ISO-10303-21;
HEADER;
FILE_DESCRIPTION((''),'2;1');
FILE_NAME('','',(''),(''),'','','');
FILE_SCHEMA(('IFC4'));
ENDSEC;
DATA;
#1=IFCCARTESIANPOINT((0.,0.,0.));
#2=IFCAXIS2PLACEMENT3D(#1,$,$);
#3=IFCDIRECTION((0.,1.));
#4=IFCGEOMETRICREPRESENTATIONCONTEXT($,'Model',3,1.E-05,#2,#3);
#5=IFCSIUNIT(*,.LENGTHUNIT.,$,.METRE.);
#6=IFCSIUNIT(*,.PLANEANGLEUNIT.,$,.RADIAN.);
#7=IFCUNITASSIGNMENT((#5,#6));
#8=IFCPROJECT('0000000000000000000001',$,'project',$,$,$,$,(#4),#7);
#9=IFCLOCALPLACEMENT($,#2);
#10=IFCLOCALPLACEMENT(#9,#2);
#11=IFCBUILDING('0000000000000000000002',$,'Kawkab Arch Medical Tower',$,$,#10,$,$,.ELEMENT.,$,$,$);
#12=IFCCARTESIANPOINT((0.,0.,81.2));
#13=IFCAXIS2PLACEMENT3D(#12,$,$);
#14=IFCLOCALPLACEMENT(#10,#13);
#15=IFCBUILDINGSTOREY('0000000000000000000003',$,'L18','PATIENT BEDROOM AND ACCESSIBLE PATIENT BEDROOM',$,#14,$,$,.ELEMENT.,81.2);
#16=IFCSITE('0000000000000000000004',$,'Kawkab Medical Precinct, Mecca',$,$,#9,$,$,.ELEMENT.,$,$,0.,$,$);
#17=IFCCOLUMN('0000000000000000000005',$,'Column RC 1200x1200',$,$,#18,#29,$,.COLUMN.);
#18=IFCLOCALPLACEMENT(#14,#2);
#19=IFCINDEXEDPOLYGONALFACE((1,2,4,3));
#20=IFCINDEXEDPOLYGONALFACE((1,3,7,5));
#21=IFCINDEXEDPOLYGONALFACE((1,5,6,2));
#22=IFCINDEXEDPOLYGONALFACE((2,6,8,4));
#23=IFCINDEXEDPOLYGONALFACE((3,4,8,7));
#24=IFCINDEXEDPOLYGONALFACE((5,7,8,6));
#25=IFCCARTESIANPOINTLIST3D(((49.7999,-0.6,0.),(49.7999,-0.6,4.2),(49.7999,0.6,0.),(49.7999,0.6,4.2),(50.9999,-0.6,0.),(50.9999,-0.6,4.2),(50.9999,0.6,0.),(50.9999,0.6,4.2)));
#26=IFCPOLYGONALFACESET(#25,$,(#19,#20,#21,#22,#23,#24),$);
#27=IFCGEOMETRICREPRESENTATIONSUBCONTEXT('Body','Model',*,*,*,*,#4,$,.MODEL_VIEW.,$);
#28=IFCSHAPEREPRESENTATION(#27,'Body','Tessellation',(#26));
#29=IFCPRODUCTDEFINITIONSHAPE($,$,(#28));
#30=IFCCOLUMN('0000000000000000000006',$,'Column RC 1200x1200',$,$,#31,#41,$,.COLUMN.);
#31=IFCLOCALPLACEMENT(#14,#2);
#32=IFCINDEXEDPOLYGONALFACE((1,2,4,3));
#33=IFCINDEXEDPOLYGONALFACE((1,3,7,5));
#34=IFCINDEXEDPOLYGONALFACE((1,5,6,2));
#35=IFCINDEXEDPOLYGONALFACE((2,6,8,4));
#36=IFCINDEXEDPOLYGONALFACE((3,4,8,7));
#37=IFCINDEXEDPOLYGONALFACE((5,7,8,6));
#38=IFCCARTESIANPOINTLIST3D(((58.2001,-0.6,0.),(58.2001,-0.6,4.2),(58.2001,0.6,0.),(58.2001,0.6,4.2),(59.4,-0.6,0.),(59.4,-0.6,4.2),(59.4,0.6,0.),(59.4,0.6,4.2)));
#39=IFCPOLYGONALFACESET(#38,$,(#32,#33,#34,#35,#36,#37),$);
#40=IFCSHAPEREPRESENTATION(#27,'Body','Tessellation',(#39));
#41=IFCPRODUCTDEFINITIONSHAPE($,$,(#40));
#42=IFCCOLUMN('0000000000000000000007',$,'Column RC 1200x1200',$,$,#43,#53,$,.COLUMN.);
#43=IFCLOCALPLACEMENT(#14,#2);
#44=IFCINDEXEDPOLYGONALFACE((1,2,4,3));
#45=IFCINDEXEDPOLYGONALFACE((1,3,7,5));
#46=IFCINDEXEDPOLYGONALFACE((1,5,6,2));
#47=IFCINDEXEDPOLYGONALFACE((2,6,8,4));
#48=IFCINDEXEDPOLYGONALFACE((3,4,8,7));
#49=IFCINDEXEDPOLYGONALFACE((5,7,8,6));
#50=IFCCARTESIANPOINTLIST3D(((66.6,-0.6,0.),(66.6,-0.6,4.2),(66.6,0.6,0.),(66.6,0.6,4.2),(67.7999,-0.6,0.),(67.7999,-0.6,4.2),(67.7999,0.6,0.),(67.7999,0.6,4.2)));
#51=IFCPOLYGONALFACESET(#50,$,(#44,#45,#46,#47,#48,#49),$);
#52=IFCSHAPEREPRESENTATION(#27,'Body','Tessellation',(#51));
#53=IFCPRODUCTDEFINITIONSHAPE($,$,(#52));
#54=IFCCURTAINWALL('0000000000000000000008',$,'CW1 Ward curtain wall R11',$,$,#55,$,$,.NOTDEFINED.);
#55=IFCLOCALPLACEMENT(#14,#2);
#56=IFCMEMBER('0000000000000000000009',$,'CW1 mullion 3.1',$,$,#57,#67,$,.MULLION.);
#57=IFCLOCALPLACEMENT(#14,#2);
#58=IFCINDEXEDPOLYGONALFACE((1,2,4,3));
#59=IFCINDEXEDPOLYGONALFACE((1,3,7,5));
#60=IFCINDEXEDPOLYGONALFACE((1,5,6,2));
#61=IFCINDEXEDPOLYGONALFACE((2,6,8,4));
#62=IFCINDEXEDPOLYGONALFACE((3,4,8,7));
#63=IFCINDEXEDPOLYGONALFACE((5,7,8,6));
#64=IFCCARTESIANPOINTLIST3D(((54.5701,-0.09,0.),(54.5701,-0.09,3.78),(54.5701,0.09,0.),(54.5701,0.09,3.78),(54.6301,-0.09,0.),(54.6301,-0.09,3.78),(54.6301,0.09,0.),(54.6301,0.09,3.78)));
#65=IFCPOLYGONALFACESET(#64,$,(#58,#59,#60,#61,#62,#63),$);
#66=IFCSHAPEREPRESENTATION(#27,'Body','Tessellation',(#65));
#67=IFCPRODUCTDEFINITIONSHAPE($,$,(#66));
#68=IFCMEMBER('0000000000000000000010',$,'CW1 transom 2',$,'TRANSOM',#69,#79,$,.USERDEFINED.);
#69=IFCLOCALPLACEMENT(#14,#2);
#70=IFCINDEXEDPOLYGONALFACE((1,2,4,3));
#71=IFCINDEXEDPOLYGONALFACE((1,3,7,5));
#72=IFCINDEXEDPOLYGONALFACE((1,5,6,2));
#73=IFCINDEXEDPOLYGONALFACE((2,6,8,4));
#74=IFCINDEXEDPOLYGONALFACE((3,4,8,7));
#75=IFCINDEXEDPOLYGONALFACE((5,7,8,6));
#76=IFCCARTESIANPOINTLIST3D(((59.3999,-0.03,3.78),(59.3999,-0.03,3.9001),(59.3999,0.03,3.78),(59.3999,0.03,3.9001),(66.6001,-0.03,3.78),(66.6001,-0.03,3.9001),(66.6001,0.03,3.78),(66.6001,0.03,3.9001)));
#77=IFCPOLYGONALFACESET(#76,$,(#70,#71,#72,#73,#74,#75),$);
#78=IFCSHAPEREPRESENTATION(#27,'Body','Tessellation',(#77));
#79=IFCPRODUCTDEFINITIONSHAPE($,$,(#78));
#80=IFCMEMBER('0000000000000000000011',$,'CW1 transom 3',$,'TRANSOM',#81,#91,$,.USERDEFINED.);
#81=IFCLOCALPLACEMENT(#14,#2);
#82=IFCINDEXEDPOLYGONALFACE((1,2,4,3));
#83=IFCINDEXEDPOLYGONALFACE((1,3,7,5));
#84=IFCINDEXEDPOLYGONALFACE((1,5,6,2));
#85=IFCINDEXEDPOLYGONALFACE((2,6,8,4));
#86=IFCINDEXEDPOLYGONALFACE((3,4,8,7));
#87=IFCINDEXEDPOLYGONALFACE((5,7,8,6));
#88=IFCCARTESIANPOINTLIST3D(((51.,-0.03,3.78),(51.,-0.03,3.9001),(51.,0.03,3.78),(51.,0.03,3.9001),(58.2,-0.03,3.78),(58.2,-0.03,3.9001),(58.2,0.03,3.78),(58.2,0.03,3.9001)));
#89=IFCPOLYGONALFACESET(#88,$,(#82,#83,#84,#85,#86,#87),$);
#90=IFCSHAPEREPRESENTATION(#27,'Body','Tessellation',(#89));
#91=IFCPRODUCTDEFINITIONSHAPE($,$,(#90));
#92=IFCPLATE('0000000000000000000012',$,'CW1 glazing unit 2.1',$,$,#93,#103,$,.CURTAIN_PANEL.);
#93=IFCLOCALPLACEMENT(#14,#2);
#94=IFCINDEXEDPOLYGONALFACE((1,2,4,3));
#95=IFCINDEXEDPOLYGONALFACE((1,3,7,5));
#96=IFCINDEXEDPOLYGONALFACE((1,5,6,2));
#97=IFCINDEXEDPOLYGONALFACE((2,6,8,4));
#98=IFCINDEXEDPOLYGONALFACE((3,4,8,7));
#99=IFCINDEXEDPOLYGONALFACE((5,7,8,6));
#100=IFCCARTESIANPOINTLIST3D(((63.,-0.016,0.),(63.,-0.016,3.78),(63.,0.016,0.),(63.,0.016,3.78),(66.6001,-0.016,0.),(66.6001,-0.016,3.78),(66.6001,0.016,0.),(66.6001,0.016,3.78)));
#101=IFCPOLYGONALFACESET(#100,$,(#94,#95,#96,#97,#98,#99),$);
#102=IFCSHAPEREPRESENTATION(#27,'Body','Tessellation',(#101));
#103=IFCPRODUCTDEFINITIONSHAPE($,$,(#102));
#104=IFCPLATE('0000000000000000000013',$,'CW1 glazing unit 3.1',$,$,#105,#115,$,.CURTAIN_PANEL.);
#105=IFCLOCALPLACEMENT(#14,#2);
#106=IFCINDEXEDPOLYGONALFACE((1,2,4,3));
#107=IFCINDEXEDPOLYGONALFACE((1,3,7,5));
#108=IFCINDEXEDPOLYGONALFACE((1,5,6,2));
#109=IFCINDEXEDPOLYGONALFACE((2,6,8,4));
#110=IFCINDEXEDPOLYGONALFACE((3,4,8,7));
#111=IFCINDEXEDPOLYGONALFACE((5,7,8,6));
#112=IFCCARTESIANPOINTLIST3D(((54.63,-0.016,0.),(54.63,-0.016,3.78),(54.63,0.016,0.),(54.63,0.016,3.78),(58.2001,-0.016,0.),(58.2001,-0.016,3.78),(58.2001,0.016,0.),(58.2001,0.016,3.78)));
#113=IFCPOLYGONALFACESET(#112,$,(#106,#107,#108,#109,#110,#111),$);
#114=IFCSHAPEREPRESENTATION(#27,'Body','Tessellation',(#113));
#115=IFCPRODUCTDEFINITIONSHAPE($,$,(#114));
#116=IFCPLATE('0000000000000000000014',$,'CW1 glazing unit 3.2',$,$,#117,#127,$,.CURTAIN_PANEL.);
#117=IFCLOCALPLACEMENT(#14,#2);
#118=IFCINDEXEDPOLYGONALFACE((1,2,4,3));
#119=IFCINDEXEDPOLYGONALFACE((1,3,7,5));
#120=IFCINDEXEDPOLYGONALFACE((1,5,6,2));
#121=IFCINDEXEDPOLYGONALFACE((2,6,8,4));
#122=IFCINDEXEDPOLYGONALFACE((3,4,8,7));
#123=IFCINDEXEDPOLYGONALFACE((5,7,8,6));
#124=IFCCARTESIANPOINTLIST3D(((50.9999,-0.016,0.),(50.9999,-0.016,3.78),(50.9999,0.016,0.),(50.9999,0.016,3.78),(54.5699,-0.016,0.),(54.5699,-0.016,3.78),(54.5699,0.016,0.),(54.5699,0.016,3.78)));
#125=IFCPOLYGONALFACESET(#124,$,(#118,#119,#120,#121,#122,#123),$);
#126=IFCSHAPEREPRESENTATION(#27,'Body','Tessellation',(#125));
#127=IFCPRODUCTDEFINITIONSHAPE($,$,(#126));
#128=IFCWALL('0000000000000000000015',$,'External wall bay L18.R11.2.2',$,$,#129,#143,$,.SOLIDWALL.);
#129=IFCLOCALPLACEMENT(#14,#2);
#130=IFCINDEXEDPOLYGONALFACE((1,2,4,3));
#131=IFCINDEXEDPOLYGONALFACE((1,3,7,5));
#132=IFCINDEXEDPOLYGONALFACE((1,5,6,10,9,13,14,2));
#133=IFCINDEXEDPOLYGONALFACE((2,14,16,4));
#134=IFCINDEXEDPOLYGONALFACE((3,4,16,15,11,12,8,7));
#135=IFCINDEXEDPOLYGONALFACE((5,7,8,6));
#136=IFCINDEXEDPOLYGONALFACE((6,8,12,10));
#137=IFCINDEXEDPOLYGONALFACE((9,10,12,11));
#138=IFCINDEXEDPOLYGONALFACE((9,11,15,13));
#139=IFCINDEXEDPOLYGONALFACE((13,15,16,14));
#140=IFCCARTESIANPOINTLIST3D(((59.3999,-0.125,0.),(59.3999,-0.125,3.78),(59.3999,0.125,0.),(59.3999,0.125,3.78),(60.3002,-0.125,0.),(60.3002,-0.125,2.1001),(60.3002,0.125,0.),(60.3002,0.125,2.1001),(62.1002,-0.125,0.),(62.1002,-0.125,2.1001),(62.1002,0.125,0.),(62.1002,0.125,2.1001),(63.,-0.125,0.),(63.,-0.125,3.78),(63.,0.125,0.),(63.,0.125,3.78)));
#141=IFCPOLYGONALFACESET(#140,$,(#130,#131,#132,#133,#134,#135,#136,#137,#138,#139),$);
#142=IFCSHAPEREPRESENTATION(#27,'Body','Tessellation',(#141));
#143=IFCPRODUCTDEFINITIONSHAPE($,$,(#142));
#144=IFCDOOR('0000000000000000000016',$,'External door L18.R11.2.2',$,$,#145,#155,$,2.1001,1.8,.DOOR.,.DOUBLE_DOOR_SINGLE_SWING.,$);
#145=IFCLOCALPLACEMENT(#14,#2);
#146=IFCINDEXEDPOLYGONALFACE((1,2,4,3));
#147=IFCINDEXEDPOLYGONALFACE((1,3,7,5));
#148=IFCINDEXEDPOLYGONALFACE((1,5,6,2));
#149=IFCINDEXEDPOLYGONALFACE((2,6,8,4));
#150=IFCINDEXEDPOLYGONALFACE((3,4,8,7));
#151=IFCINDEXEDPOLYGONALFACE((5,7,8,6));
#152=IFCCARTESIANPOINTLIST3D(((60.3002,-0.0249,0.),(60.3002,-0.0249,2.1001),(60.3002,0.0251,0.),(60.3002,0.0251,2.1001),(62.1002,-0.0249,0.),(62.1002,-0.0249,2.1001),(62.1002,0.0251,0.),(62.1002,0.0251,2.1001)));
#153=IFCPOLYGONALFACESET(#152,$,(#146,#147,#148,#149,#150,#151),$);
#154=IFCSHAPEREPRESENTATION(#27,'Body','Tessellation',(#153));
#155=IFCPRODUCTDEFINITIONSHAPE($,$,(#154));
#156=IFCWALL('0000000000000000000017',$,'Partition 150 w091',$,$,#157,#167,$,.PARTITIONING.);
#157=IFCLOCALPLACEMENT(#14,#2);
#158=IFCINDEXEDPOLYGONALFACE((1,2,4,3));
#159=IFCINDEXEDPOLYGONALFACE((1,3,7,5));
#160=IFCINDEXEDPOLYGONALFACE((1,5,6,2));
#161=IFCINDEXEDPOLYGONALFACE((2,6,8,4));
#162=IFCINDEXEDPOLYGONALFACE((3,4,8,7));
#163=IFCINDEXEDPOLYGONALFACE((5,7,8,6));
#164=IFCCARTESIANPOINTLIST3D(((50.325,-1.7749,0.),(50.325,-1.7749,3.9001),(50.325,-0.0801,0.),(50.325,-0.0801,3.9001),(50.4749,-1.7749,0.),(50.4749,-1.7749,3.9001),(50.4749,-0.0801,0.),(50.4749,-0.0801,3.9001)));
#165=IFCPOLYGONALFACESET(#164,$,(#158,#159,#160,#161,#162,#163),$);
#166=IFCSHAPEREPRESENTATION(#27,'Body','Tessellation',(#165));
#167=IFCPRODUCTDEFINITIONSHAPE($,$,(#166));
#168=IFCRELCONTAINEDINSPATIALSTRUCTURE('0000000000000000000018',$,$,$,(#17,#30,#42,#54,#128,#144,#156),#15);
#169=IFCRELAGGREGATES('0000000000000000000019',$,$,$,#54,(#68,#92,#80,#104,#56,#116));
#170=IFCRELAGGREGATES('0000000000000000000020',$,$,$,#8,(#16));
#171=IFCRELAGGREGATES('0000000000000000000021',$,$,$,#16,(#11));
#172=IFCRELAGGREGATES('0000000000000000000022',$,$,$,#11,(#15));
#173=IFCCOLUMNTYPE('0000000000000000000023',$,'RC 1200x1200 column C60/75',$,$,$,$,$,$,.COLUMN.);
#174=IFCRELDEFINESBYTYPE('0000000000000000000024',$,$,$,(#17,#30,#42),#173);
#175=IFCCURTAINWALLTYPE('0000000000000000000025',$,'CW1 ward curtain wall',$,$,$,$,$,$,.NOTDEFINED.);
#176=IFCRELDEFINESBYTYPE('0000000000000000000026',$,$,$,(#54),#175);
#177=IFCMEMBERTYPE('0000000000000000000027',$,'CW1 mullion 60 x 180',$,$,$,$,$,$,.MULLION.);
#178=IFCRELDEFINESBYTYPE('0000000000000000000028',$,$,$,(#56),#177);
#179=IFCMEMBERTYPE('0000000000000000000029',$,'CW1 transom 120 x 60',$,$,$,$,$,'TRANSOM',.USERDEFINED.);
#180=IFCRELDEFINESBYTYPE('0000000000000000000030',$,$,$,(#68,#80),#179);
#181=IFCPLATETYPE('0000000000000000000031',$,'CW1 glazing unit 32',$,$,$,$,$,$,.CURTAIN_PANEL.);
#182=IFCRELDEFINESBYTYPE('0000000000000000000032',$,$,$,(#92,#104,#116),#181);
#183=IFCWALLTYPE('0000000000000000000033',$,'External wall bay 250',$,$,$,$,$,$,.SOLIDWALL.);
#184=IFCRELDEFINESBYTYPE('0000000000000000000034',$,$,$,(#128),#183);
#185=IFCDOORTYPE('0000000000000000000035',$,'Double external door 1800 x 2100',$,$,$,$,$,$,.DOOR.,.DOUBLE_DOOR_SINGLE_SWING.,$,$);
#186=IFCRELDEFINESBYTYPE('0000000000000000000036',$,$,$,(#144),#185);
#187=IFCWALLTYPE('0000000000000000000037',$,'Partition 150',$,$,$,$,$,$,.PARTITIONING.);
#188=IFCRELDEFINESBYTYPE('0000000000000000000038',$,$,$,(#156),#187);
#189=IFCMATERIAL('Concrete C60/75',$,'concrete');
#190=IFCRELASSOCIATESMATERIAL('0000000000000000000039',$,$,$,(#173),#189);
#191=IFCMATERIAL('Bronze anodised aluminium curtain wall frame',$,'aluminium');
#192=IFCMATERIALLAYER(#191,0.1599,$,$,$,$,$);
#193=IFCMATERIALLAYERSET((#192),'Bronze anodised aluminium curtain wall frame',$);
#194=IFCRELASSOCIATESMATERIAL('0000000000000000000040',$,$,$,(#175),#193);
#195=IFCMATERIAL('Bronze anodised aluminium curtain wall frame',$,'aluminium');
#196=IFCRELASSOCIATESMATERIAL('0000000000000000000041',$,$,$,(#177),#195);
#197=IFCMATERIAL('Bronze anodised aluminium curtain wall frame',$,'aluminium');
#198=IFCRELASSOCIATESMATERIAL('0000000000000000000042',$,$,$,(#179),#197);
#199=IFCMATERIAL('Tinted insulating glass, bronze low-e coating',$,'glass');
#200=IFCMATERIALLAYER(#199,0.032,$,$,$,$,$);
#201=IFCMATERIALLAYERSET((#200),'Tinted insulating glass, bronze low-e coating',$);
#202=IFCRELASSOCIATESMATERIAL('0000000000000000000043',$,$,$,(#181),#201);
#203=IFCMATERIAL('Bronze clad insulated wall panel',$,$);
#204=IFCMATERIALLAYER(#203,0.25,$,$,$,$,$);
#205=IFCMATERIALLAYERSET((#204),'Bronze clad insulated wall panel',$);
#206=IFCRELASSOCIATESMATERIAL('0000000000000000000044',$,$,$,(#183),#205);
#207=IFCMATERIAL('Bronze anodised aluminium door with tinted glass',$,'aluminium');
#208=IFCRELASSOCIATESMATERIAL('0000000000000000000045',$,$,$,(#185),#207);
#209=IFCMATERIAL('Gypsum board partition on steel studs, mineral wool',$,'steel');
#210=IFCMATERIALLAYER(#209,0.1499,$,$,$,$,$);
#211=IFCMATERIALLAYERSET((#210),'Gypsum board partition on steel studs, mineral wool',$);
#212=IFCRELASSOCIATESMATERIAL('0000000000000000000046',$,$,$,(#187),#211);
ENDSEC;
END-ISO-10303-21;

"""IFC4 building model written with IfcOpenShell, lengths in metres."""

from ifc_helpers import new_model, si_unit, direction, frame, frame_2d, origin, origin_2d, place, context, subcontext, project, spatial, rectangle, extrude, material, layer, layer_set, material_profile, profile_set, type_object, element, fill, aggregate, save


model = new_model("IFC4")

# Units and contexts
model_context = context("Model", 3, precision=1e-05, world=origin(), true_north=direction((0.0, 1.0)))
body_context = subcontext(model_context, "Body", "Model", "MODEL_VIEW")
ifc_project = project(units=[si_unit("LENGTHUNIT", "METRE"), si_unit("PLANEANGLEUNIT", "RADIAN")], contexts=[model_context])

# Site, building, storey
site_placement = place(None, origin())
site = spatial("IfcSite", under=ifc_project, at=site_placement, Name="Kawkab Medical Precinct, Mecca", CompositionType="ELEMENT", RefElevation=0.0)
building_placement = place(site_placement, origin())
building = spatial("IfcBuilding", under=site, at=building_placement, Name="Kawkab Arch Medical Tower", CompositionType="ELEMENT")
storey_placement = place(building_placement, frame((0.0, 0.0, 81.2)))
storey = spatial("IfcBuildingStorey", under=building, at=storey_placement, Name="L18", Description="PATIENT BEDROOM AND ACCESSIBLE PATIENT BEDROOM", CompositionType="ELEMENT", Elevation=81.2)

# Columns
ifc_material_1 = material(Name="Concrete C60/75", Category="concrete")
ifc_material_profile_1 = material_profile(ifc_material_1, rectangle(XDim=1.2, YDim=1.2, at=origin_2d()), Name="RC 1200x1200")
ifc_profile_set_1 = profile_set([ifc_material_profile_1], Name="Concrete C60/75")
column_type = type_object("IfcColumnType", Name="RC 1200x1200 column C60/75", PredefinedType="COLUMN", material=ifc_profile_set_1)
for number, where, z_axis, x_axis, name in (
    (1, (50.3999, 0.0, 0.0), (0.0, 0.0, 1.0), (1.0, 0.0, 0.0), "Column RC 1200x1200"),
    (2, (58.8, 0.0, 0.0), (0.0, 0.0, 1.0), (1.0, 0.0, 0.0), "Column RC 1200x1200"),
    (3, (67.2, 0.0, 0.0), (0.0, 0.0, 1.0), (1.0, 0.0, 0.0), "Column RC 1200x1200"),
):
    element("IfcColumn", number, at=place(storey_placement, frame(where, z_axis=z_axis, x_axis=x_axis)), inside=storey, type_object=column_type, Name=name, PredefinedType="COLUMN", context=body_context, shape_type="SweptSolid", body=[
        extrude(rectangle(XDim=1.2, YDim=1.2, at=origin_2d()), origin(), (0.0, 0.0, 1.0), 4.2),
    ])

# Curtain wall, members, plates
ifc_material_2 = material(Name="Bronze anodised aluminium curtain wall frame", Category="aluminium")
ifc_layer_1 = layer(ifc_material_2, 0.1599)
ifc_layer_set_1 = layer_set([ifc_layer_1], Name="Bronze anodised aluminium curtain wall frame")
curtain_wall_type = type_object("IfcCurtainWallType", Name="CW1 ward curtain wall", PredefinedType="NOTDEFINED", material=ifc_layer_set_1)
curtain_wall_placement = place(storey_placement, origin())
curtain_wall = element("IfcCurtainWall", 4, at=curtain_wall_placement, inside=storey, type_object=curtain_wall_type, Name="CW1 Ward curtain wall R11", PredefinedType="NOTDEFINED")
ifc_material_3 = material(Name="Bronze anodised aluminium curtain wall frame", Category="aluminium")
ifc_material_profile_2 = material_profile(ifc_material_3, rectangle(XDim=0.1799, YDim=0.0601, at=origin_2d()), Name="AL 60x180")
ifc_profile_set_2 = profile_set([ifc_material_profile_2], Name="Bronze anodised aluminium curtain wall frame")
member_type_1 = type_object("IfcMemberType", Name="CW1 mullion 60 x 180", PredefinedType="MULLION", material=ifc_profile_set_2)
member_1_placement = place(storey_placement, frame((54.6001, 0.0, 0.0), z_axis=(0.0, 0.0, 1.0), x_axis=(0.0, -1.0, 0.0)))
member_1 = element("IfcMember", 5, at=member_1_placement, type_object=member_type_1, Name="CW1 mullion 3.1", PredefinedType="MULLION", context=body_context, shape_type="SweptSolid", body=[
    extrude(rectangle(XDim=0.1799, YDim=0.0601, at=origin_2d()), origin(), (0.0, 0.0, 1.0), 3.78),
])
ifc_material_4 = material(Name="Bronze anodised aluminium curtain wall frame", Category="aluminium")
ifc_material_profile_3 = material_profile(ifc_material_4, rectangle(XDim=0.0601, YDim=0.1201, at=origin_2d()), Name="AL 60x120")
ifc_profile_set_3 = profile_set([ifc_material_profile_3], Name="Bronze anodised aluminium curtain wall frame")
member_type_2 = type_object("IfcMemberType", Name="CW1 transom 120 x 60", ElementType="TRANSOM", PredefinedType="USERDEFINED", material=ifc_profile_set_3)
member_2_placement = place(storey_placement, frame((66.6001, 0.0, 3.8401), z_axis=(-1.0, 0.0, 0.0), x_axis=(0.0, -1.0, 0.0)))
member_2 = element("IfcMember", 6, at=member_2_placement, type_object=member_type_2, Name="CW1 transom 2", ObjectType="TRANSOM", PredefinedType="USERDEFINED", context=body_context, shape_type="SweptSolid", body=[
    extrude(rectangle(XDim=0.0601, YDim=0.1201, at=origin_2d()), origin(), (0.0, 0.0, 1.0), 7.2002),
])
member_3_placement = place(storey_placement, frame((58.2, 0.0, 3.8401), z_axis=(-1.0, 0.0, 0.0), x_axis=(0.0, -1.0, 0.0)))
member_3 = element("IfcMember", 7, at=member_3_placement, type_object=member_type_2, Name="CW1 transom 3", ObjectType="TRANSOM", PredefinedType="USERDEFINED", context=body_context, shape_type="SweptSolid", body=[
    extrude(rectangle(XDim=0.0601, YDim=0.1201, at=origin_2d()), origin(), (0.0, 0.0, 1.0), 7.2),
])
ifc_material_5 = material(Name="Tinted insulating glass, bronze low-e coating", Category="glass")
ifc_layer_2 = layer(ifc_material_5, 0.032)
ifc_layer_set_2 = layer_set([ifc_layer_2], Name="Tinted insulating glass, bronze low-e coating")
plate_type = type_object("IfcPlateType", Name="CW1 glazing unit 32", PredefinedType="CURTAIN_PANEL", material=ifc_layer_set_2)
plate_1_placement = place(storey_placement, frame((64.8, 0.0, 0.0), z_axis=(0.0, 0.0, 1.0), x_axis=(-1.0, 0.0, 0.0)))
plate_1 = element("IfcPlate", 8, at=plate_1_placement, type_object=plate_type, Name="CW1 glazing unit 2.1", PredefinedType="CURTAIN_PANEL", context=body_context, shape_type="SweptSolid", body=[
    extrude(rectangle(XDim=3.6001, YDim=0.032, at=origin_2d()), origin(), (0.0, 0.0, 1.0), 3.78),
])
plate_2_placement = place(storey_placement, frame((56.415, 0.0, 0.0), z_axis=(0.0, 0.0, 1.0), x_axis=(-1.0, 0.0, 0.0)))
plate_2 = element("IfcPlate", 9, at=plate_2_placement, type_object=plate_type, Name="CW1 glazing unit 3.1", PredefinedType="CURTAIN_PANEL", context=body_context, shape_type="SweptSolid", body=[
    extrude(rectangle(XDim=3.5701, YDim=0.032, at=origin_2d()), origin(), (0.0, 0.0, 1.0), 3.78),
])
plate_3_placement = place(storey_placement, frame((52.7849, 0.0, 0.0), z_axis=(0.0, 0.0, 1.0), x_axis=(-1.0, 0.0, 0.0)))
plate_3 = element("IfcPlate", 10, at=plate_3_placement, type_object=plate_type, Name="CW1 glazing unit 3.2", PredefinedType="CURTAIN_PANEL", context=body_context, shape_type="SweptSolid", body=[
    extrude(rectangle(XDim=3.5701, YDim=0.032, at=origin_2d()), origin(), (0.0, 0.0, 1.0), 3.78),
])
aggregate(curtain_wall, [member_2, plate_1, member_3, plate_2, member_1, plate_3])

# Wall, opening, door
ifc_material_6 = material(Name="Bronze clad insulated wall panel")
ifc_layer_3 = layer(ifc_material_6, 0.25)
ifc_layer_set_3 = layer_set([ifc_layer_3], Name="Bronze clad insulated wall panel")
wall_type_1 = type_object("IfcWallType", Name="External wall bay 250", PredefinedType="SOLIDWALL", material=ifc_layer_set_3)
wall_1_placement = place(storey_placement, frame((63.0, 0.0, 0.0), z_axis=(0.0, 0.0, 1.0), x_axis=(-1.0, 0.0, 0.0)))
wall_1 = element("IfcWall", 11, at=wall_1_placement, inside=storey, type_object=wall_type_1, Name="External wall bay L18.R11.2.2", PredefinedType="SOLIDWALL", context=body_context, shape_type="SweptSolid", body=[
    extrude(rectangle(XDim=3.6001, YDim=0.25, at=frame_2d((1.8, 0.0))), origin(), (0.0, 0.0, 1.0), 3.78),
])
opening_placement = place(wall_1_placement, frame((0.8999, 0.0, 0.0)))
opening = element("IfcOpeningElement", 12, at=opening_placement, cuts=wall_1, PredefinedType="OPENING", context=body_context, shape_type="SweptSolid", body=[
    extrude(rectangle(XDim=1.8, YDim=2.1001, at=frame_2d((0.8999, 1.05))), frame((0.0, 0.135, 0.0), z_axis=(0.0, -1.0, 0.0), x_axis=(1.0, 0.0, 0.0)), (0.0, 0.0, 1.0), 0.27),
])
ifc_material_7 = material(Name="Bronze anodised aluminium door with tinted glass", Category="aluminium")
door_type = type_object("IfcDoorType", Name="Double external door 1800 x 2100", OperationType="DOUBLE_DOOR_SINGLE_SWING", PredefinedType="DOOR", material=ifc_material_7)
door_placement = place(opening_placement, origin())
door = element("IfcDoor", 13, at=door_placement, inside=storey, type_object=door_type, Name="External door L18.R11.2.2", OperationType="DOUBLE_DOOR_SINGLE_SWING", OverallHeight=2.1001, OverallWidth=1.8, PredefinedType="DOOR", context=body_context, shape_type="SweptSolid", body=[
    extrude(rectangle(XDim=1.8, YDim=2.1001, at=frame_2d((0.8999, 1.05))), frame((0.0, 0.0249, 0.0), z_axis=(0.0, -1.0, 0.0), x_axis=(1.0, 0.0, 0.0)), (0.0, 0.0, 1.0), 0.05),
])
fill(opening, door)

# Wall
ifc_material_8 = material(Name="Gypsum board partition on steel studs, mineral wool", Category="steel")
ifc_layer_4 = layer(ifc_material_8, 0.1499)
ifc_layer_set_4 = layer_set([ifc_layer_4], Name="Gypsum board partition on steel studs, mineral wool")
wall_type_2 = type_object("IfcWallType", Name="Partition 150", PredefinedType="PARTITIONING", material=ifc_layer_set_4)
wall_2_placement = place(storey_placement, frame((50.3999, -1.7749, 0.0), z_axis=(0.0, 0.0, 1.0), x_axis=(0.0, 1.0, 0.0)))
element("IfcWall", 14, at=wall_2_placement, inside=storey, type_object=wall_type_2, Name="Partition 150 w091", PredefinedType="PARTITIONING", context=body_context, shape_type="SweptSolid", body=[
    extrude(rectangle(XDim=1.6948, YDim=0.1499, at=frame_2d((0.8474, 0.0))), origin(), (0.0, 0.0, 1.0), 3.9001),
])

save(model, "model.ifc")
